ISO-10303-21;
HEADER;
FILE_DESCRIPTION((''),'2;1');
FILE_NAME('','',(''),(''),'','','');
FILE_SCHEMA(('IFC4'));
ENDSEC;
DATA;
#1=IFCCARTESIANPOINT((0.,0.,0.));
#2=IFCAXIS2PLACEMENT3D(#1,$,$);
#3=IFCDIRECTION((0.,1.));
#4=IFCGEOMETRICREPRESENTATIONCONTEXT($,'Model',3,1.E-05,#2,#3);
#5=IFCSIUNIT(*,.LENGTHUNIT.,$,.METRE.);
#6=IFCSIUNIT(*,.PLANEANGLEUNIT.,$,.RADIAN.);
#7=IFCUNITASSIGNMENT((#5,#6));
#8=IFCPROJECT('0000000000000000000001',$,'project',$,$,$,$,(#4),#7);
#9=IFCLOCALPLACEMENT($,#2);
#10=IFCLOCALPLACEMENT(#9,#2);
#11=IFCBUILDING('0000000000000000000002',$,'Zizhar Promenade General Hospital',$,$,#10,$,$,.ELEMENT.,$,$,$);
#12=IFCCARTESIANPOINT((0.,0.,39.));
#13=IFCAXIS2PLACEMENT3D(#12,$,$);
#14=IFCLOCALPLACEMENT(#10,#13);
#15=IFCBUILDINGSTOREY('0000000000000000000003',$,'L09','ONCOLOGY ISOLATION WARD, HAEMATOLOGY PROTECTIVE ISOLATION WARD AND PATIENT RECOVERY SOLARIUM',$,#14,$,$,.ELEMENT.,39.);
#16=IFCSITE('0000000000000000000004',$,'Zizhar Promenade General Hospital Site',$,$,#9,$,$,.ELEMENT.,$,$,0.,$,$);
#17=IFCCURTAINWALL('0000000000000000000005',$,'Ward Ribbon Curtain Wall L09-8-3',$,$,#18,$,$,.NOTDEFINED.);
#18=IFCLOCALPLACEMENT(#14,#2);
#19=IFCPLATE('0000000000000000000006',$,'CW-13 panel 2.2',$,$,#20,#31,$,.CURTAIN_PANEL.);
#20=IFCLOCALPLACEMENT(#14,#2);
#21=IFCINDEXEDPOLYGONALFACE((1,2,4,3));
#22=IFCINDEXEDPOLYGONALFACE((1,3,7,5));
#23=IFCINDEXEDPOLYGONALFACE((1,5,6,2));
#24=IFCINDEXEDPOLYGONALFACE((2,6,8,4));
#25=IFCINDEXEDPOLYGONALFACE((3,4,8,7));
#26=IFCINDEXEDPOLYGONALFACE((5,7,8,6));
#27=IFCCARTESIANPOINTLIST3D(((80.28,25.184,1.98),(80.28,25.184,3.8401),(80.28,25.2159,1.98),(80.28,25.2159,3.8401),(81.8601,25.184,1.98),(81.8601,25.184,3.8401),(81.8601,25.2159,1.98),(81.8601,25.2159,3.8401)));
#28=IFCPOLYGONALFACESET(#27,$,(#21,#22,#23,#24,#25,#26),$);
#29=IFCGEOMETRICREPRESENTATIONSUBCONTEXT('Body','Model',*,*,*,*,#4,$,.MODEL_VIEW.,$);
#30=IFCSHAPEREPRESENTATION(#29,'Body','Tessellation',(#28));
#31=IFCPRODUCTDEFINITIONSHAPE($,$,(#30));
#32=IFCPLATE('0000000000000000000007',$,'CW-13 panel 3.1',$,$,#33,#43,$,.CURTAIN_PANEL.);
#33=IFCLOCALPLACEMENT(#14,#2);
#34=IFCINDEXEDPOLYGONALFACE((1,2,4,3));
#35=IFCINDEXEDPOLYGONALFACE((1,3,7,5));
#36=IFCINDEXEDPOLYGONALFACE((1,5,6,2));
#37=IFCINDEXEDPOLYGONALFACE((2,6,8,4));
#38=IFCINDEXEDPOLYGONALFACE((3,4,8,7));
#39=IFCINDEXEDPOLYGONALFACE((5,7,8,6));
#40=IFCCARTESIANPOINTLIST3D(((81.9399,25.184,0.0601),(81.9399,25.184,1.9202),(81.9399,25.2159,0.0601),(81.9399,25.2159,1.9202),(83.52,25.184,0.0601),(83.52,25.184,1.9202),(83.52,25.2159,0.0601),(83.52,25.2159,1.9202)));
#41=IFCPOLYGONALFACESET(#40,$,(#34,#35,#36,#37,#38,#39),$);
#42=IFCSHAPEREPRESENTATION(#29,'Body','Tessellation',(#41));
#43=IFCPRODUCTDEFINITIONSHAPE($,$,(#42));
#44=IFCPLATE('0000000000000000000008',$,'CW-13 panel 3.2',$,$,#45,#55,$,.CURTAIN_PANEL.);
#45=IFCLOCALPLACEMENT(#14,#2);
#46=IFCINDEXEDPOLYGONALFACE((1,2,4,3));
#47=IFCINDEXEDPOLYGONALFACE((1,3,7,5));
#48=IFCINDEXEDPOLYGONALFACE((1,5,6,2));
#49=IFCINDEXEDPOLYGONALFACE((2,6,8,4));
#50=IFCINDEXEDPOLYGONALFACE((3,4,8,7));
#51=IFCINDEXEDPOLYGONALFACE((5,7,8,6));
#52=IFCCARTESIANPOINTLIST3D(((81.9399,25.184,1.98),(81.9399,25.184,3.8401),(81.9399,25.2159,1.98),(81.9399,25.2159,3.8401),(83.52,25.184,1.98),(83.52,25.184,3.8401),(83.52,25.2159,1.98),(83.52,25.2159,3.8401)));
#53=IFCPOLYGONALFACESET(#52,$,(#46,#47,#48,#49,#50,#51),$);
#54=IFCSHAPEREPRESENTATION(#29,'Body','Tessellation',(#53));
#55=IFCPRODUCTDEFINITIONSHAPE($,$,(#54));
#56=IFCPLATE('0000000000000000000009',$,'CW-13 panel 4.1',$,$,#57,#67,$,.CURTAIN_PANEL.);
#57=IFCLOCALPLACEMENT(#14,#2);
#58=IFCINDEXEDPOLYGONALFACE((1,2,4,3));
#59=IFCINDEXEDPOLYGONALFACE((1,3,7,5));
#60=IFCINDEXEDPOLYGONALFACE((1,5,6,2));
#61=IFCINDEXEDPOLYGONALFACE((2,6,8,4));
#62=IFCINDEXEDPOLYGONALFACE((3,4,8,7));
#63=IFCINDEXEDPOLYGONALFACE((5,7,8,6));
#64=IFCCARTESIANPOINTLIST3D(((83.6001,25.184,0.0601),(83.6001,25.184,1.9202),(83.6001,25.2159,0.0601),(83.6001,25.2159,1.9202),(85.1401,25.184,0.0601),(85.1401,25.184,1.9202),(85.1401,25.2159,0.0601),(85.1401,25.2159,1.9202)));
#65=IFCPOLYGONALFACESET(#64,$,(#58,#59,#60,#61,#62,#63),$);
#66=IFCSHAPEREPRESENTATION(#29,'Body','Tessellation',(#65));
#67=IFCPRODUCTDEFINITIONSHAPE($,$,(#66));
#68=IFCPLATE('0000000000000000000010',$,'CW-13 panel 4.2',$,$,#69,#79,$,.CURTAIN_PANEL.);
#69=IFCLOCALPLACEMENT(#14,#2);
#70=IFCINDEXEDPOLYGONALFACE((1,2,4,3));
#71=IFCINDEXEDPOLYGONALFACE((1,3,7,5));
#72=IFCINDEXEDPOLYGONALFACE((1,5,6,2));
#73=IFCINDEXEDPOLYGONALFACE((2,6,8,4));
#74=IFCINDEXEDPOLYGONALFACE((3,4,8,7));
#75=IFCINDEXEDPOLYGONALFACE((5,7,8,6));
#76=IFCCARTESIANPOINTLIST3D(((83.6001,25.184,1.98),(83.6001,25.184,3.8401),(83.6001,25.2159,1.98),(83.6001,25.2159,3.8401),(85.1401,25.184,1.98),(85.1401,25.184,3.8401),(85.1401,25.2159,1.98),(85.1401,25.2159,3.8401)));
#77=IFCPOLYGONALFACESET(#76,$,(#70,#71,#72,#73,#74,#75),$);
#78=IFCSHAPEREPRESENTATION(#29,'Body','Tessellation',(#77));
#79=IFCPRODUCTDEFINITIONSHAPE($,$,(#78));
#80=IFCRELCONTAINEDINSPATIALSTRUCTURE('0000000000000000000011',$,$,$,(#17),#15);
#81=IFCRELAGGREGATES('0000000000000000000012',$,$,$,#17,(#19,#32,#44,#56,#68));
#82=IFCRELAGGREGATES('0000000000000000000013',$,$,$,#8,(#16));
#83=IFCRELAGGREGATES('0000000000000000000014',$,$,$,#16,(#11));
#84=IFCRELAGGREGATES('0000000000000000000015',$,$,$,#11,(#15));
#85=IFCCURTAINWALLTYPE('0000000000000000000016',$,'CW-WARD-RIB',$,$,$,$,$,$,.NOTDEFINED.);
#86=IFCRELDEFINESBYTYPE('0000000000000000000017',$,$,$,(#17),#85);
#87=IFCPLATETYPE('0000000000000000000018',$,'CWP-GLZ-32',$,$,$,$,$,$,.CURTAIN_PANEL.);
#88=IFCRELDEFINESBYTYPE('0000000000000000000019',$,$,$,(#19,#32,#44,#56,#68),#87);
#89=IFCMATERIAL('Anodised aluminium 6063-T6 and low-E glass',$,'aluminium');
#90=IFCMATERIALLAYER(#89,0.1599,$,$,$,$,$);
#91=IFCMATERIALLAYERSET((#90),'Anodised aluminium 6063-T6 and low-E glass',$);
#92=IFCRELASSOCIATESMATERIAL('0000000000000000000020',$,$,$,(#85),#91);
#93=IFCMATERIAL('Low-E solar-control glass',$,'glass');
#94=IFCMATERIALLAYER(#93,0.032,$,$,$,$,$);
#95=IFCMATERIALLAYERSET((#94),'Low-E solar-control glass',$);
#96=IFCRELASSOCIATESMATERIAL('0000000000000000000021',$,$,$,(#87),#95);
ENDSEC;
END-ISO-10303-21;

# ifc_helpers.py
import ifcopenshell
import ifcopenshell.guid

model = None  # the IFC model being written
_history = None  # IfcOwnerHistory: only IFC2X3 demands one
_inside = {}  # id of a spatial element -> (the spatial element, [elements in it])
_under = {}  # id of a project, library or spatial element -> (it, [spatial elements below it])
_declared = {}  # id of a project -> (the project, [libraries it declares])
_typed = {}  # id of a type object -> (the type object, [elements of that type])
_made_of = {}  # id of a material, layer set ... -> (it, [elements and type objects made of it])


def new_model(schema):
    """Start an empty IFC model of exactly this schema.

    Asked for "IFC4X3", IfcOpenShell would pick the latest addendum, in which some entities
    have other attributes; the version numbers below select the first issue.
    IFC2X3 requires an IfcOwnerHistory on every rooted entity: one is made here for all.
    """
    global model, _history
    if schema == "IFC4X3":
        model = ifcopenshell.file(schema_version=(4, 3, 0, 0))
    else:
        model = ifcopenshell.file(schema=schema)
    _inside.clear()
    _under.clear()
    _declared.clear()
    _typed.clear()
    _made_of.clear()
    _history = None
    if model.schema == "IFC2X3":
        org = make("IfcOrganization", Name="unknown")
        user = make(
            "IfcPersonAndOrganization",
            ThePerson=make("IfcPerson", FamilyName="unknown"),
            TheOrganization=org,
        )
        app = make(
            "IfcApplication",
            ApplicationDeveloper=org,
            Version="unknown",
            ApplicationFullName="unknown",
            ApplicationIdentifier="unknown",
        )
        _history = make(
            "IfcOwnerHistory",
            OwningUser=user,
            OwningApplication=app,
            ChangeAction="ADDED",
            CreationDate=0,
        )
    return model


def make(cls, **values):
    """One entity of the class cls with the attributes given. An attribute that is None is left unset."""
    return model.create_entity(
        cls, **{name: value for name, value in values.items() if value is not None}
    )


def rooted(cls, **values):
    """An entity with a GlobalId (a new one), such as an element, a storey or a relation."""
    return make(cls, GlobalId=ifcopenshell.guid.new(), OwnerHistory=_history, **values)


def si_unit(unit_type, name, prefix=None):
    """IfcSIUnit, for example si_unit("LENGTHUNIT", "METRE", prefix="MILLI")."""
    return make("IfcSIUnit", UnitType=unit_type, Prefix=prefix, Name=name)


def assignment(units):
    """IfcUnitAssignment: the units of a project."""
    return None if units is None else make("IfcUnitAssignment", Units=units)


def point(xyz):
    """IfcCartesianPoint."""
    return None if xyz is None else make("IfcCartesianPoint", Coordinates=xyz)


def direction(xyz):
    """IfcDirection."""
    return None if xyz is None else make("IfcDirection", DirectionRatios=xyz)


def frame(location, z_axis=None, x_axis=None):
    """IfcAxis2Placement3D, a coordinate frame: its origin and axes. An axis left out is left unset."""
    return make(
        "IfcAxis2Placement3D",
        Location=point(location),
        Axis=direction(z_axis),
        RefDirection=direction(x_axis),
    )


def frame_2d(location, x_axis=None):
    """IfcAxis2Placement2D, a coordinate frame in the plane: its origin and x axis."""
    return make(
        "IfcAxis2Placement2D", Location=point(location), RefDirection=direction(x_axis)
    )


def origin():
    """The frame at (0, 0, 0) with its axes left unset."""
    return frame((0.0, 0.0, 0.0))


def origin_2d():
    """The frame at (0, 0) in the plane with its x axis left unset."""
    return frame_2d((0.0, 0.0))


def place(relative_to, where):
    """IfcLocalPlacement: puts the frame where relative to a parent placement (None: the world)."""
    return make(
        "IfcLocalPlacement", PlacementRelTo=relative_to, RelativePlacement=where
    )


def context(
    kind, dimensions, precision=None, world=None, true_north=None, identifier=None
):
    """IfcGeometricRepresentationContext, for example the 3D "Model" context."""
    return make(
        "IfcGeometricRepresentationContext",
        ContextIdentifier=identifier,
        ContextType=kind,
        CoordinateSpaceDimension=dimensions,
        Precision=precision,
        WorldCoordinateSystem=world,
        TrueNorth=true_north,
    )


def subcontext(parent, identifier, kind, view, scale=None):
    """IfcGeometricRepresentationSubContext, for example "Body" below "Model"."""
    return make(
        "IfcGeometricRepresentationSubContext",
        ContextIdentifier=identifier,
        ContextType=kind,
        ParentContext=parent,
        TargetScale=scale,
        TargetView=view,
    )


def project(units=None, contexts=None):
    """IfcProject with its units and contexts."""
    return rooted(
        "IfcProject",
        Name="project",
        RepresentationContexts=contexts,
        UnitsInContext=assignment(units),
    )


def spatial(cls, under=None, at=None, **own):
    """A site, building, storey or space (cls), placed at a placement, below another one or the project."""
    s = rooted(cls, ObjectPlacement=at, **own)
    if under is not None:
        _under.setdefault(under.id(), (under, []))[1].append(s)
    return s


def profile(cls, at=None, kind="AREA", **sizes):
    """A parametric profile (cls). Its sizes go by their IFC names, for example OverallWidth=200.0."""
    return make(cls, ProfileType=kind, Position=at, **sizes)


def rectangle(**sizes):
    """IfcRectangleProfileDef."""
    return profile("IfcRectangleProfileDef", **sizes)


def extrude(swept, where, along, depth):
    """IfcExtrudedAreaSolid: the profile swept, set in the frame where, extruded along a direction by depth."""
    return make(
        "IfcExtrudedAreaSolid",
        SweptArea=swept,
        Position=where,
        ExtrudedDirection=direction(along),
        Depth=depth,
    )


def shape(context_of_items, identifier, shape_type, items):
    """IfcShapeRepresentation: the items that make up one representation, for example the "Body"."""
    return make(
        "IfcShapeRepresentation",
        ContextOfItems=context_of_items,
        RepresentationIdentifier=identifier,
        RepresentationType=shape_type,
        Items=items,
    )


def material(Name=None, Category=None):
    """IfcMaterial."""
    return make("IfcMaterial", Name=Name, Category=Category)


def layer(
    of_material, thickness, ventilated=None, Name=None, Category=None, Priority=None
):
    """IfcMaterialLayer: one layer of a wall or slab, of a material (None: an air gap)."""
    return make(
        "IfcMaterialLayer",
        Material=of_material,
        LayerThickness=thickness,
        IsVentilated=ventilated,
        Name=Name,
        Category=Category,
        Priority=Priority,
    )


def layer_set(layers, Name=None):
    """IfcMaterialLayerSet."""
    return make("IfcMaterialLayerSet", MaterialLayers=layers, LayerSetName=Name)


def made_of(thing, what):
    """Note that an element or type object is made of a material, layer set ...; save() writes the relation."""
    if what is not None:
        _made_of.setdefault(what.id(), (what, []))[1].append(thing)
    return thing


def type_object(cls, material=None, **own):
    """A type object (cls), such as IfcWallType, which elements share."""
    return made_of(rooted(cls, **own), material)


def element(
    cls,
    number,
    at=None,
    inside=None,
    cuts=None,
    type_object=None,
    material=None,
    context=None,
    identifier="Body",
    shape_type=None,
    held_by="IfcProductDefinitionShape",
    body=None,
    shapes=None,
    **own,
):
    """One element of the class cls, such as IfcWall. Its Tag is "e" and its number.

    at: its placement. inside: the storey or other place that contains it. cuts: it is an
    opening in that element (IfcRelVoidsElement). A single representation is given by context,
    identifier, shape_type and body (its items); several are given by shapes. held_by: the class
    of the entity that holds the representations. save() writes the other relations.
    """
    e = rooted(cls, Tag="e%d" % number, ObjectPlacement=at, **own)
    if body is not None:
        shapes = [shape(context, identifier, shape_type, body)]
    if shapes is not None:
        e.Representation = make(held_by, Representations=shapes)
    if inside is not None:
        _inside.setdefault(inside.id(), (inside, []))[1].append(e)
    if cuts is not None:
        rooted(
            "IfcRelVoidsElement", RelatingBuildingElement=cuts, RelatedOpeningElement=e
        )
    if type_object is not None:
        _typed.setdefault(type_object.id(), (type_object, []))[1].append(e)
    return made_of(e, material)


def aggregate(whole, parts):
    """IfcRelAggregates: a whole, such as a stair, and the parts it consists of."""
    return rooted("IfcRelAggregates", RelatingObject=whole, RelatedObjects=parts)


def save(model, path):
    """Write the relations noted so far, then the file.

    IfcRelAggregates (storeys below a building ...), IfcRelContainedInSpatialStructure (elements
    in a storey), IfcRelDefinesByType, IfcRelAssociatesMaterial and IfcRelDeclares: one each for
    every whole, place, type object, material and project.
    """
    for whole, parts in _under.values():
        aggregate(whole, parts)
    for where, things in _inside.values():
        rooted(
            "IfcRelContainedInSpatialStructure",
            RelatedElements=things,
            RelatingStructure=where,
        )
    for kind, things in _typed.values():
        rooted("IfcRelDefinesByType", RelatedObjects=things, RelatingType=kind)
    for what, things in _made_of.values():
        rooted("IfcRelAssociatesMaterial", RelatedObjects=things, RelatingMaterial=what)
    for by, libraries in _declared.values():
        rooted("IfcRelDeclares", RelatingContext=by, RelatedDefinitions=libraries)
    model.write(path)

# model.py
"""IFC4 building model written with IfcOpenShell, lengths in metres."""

from ifc_helpers import new_model, si_unit, direction, frame, origin, origin_2d, place, context, subcontext, project, spatial, rectangle, extrude, material, layer, layer_set, type_object, element, aggregate, save


model = new_model("IFC4")

# Units and contexts
model_context = context("Model", 3, precision=1e-05, world=origin(), true_north=direction((0.0, 1.0)))
body_context = subcontext(model_context, "Body", "Model", "MODEL_VIEW")
ifc_project = project(units=[si_unit("LENGTHUNIT", "METRE"), si_unit("PLANEANGLEUNIT", "RADIAN")], contexts=[model_context])

# Site, building, storey
site_placement = place(None, origin())
site = spatial("IfcSite", under=ifc_project, at=site_placement, Name="Zizhar Promenade General Hospital Site", CompositionType="ELEMENT", RefElevation=0.0)
building_placement = place(site_placement, origin())
building = spatial("IfcBuilding", under=site, at=building_placement, Name="Zizhar Promenade General Hospital", CompositionType="ELEMENT")
storey_placement = place(building_placement, frame((0.0, 0.0, 39.0)))
storey = spatial("IfcBuildingStorey", under=building, at=storey_placement, Name="L09", Description="ONCOLOGY ISOLATION WARD, HAEMATOLOGY PROTECTIVE ISOLATION WARD AND PATIENT RECOVERY SOLARIUM", CompositionType="ELEMENT", Elevation=39.0)

# Curtain wall
ifc_material_1 = material(Name="Anodised aluminium 6063-T6 and low-E glass", Category="aluminium")
ifc_layer_1 = layer(ifc_material_1, 0.1599)
ifc_layer_set_1 = layer_set([ifc_layer_1], Name="Anodised aluminium 6063-T6 and low-E glass")
curtain_wall_type = type_object("IfcCurtainWallType", Name="CW-WARD-RIB", PredefinedType="NOTDEFINED", material=ifc_layer_set_1)
curtain_wall_1_placement = place(storey_placement, origin())
curtain_wall_1 = element("IfcCurtainWall", 1, at=curtain_wall_1_placement, inside=storey, type_object=curtain_wall_type, Name="Ward Ribbon Curtain Wall L09-8-3", PredefinedType="NOTDEFINED")

# Plates
ifc_material_2 = material(Name="Low-E solar-control glass", Category="glass")
ifc_layer_2 = layer(ifc_material_2, 0.032)
ifc_layer_set_2 = layer_set([ifc_layer_2], Name="Low-E solar-control glass")
plate_type = type_object("IfcPlateType", Name="CWP-GLZ-32", PredefinedType="CURTAIN_PANEL", material=ifc_layer_set_2)
plate_1_placement = place(storey_placement, frame((81.0701, 25.2, 1.98), z_axis=(0.0, 0.0, 1.0), x_axis=(1.0, 0.0, 0.0)))
plate_1 = element("IfcPlate", 2, at=plate_1_placement, type_object=plate_type, Name="CW-13 panel 2.2", PredefinedType="CURTAIN_PANEL", context=body_context, shape_type="SweptSolid", body=[
    extrude(rectangle(XDim=1.5801, YDim=0.032, at=origin_2d()), origin(), (0.0, 0.0, 1.0), 1.8601),
])
plate_2_placement = place(storey_placement, frame((82.73, 25.2, 0.0601), z_axis=(0.0, 0.0, 1.0), x_axis=(1.0, 0.0, 0.0)))
plate_2 = element("IfcPlate", 3, at=plate_2_placement, type_object=plate_type, Name="CW-13 panel 3.1", PredefinedType="CURTAIN_PANEL", context=body_context, shape_type="SweptSolid", body=[
    extrude(rectangle(XDim=1.5801, YDim=0.032, at=origin_2d()), origin(), (0.0, 0.0, 1.0), 1.8601),
])
plate_3_placement = place(storey_placement, frame((82.73, 25.2, 1.98), z_axis=(0.0, 0.0, 1.0), x_axis=(1.0, 0.0, 0.0)))
plate_3 = element("IfcPlate", 4, at=plate_3_placement, type_object=plate_type, Name="CW-13 panel 3.2", PredefinedType="CURTAIN_PANEL", context=body_context, shape_type="SweptSolid", body=[
    extrude(rectangle(XDim=1.5801, YDim=0.032, at=origin_2d()), origin(), (0.0, 0.0, 1.0), 1.8601),
])
plate_4_placement = place(storey_placement, frame((84.3701, 25.2, 0.0601), z_axis=(0.0, 0.0, 1.0), x_axis=(1.0, 0.0, 0.0)))
plate_4 = element("IfcPlate", 5, at=plate_4_placement, type_object=plate_type, Name="CW-13 panel 4.1", PredefinedType="CURTAIN_PANEL", context=body_context, shape_type="SweptSolid", body=[
    extrude(rectangle(XDim=1.54, YDim=0.032, at=origin_2d()), origin(), (0.0, 0.0, 1.0), 1.8601),
])
plate_5_placement = place(storey_placement, frame((84.3701, 25.2, 1.98), z_axis=(0.0, 0.0, 1.0), x_axis=(1.0, 0.0, 0.0)))
plate_5 = element("IfcPlate", 6, at=plate_5_placement, type_object=plate_type, Name="CW-13 panel 4.2", PredefinedType="CURTAIN_PANEL", context=body_context, shape_type="SweptSolid", body=[
    extrude(rectangle(XDim=1.54, YDim=0.032, at=origin_2d()), origin(), (0.0, 0.0, 1.0), 1.8601),
])
aggregate(curtain_wall_1, [plate_1, plate_2, plate_3, plate_4, plate_5])

save(model, "model.ifc")
